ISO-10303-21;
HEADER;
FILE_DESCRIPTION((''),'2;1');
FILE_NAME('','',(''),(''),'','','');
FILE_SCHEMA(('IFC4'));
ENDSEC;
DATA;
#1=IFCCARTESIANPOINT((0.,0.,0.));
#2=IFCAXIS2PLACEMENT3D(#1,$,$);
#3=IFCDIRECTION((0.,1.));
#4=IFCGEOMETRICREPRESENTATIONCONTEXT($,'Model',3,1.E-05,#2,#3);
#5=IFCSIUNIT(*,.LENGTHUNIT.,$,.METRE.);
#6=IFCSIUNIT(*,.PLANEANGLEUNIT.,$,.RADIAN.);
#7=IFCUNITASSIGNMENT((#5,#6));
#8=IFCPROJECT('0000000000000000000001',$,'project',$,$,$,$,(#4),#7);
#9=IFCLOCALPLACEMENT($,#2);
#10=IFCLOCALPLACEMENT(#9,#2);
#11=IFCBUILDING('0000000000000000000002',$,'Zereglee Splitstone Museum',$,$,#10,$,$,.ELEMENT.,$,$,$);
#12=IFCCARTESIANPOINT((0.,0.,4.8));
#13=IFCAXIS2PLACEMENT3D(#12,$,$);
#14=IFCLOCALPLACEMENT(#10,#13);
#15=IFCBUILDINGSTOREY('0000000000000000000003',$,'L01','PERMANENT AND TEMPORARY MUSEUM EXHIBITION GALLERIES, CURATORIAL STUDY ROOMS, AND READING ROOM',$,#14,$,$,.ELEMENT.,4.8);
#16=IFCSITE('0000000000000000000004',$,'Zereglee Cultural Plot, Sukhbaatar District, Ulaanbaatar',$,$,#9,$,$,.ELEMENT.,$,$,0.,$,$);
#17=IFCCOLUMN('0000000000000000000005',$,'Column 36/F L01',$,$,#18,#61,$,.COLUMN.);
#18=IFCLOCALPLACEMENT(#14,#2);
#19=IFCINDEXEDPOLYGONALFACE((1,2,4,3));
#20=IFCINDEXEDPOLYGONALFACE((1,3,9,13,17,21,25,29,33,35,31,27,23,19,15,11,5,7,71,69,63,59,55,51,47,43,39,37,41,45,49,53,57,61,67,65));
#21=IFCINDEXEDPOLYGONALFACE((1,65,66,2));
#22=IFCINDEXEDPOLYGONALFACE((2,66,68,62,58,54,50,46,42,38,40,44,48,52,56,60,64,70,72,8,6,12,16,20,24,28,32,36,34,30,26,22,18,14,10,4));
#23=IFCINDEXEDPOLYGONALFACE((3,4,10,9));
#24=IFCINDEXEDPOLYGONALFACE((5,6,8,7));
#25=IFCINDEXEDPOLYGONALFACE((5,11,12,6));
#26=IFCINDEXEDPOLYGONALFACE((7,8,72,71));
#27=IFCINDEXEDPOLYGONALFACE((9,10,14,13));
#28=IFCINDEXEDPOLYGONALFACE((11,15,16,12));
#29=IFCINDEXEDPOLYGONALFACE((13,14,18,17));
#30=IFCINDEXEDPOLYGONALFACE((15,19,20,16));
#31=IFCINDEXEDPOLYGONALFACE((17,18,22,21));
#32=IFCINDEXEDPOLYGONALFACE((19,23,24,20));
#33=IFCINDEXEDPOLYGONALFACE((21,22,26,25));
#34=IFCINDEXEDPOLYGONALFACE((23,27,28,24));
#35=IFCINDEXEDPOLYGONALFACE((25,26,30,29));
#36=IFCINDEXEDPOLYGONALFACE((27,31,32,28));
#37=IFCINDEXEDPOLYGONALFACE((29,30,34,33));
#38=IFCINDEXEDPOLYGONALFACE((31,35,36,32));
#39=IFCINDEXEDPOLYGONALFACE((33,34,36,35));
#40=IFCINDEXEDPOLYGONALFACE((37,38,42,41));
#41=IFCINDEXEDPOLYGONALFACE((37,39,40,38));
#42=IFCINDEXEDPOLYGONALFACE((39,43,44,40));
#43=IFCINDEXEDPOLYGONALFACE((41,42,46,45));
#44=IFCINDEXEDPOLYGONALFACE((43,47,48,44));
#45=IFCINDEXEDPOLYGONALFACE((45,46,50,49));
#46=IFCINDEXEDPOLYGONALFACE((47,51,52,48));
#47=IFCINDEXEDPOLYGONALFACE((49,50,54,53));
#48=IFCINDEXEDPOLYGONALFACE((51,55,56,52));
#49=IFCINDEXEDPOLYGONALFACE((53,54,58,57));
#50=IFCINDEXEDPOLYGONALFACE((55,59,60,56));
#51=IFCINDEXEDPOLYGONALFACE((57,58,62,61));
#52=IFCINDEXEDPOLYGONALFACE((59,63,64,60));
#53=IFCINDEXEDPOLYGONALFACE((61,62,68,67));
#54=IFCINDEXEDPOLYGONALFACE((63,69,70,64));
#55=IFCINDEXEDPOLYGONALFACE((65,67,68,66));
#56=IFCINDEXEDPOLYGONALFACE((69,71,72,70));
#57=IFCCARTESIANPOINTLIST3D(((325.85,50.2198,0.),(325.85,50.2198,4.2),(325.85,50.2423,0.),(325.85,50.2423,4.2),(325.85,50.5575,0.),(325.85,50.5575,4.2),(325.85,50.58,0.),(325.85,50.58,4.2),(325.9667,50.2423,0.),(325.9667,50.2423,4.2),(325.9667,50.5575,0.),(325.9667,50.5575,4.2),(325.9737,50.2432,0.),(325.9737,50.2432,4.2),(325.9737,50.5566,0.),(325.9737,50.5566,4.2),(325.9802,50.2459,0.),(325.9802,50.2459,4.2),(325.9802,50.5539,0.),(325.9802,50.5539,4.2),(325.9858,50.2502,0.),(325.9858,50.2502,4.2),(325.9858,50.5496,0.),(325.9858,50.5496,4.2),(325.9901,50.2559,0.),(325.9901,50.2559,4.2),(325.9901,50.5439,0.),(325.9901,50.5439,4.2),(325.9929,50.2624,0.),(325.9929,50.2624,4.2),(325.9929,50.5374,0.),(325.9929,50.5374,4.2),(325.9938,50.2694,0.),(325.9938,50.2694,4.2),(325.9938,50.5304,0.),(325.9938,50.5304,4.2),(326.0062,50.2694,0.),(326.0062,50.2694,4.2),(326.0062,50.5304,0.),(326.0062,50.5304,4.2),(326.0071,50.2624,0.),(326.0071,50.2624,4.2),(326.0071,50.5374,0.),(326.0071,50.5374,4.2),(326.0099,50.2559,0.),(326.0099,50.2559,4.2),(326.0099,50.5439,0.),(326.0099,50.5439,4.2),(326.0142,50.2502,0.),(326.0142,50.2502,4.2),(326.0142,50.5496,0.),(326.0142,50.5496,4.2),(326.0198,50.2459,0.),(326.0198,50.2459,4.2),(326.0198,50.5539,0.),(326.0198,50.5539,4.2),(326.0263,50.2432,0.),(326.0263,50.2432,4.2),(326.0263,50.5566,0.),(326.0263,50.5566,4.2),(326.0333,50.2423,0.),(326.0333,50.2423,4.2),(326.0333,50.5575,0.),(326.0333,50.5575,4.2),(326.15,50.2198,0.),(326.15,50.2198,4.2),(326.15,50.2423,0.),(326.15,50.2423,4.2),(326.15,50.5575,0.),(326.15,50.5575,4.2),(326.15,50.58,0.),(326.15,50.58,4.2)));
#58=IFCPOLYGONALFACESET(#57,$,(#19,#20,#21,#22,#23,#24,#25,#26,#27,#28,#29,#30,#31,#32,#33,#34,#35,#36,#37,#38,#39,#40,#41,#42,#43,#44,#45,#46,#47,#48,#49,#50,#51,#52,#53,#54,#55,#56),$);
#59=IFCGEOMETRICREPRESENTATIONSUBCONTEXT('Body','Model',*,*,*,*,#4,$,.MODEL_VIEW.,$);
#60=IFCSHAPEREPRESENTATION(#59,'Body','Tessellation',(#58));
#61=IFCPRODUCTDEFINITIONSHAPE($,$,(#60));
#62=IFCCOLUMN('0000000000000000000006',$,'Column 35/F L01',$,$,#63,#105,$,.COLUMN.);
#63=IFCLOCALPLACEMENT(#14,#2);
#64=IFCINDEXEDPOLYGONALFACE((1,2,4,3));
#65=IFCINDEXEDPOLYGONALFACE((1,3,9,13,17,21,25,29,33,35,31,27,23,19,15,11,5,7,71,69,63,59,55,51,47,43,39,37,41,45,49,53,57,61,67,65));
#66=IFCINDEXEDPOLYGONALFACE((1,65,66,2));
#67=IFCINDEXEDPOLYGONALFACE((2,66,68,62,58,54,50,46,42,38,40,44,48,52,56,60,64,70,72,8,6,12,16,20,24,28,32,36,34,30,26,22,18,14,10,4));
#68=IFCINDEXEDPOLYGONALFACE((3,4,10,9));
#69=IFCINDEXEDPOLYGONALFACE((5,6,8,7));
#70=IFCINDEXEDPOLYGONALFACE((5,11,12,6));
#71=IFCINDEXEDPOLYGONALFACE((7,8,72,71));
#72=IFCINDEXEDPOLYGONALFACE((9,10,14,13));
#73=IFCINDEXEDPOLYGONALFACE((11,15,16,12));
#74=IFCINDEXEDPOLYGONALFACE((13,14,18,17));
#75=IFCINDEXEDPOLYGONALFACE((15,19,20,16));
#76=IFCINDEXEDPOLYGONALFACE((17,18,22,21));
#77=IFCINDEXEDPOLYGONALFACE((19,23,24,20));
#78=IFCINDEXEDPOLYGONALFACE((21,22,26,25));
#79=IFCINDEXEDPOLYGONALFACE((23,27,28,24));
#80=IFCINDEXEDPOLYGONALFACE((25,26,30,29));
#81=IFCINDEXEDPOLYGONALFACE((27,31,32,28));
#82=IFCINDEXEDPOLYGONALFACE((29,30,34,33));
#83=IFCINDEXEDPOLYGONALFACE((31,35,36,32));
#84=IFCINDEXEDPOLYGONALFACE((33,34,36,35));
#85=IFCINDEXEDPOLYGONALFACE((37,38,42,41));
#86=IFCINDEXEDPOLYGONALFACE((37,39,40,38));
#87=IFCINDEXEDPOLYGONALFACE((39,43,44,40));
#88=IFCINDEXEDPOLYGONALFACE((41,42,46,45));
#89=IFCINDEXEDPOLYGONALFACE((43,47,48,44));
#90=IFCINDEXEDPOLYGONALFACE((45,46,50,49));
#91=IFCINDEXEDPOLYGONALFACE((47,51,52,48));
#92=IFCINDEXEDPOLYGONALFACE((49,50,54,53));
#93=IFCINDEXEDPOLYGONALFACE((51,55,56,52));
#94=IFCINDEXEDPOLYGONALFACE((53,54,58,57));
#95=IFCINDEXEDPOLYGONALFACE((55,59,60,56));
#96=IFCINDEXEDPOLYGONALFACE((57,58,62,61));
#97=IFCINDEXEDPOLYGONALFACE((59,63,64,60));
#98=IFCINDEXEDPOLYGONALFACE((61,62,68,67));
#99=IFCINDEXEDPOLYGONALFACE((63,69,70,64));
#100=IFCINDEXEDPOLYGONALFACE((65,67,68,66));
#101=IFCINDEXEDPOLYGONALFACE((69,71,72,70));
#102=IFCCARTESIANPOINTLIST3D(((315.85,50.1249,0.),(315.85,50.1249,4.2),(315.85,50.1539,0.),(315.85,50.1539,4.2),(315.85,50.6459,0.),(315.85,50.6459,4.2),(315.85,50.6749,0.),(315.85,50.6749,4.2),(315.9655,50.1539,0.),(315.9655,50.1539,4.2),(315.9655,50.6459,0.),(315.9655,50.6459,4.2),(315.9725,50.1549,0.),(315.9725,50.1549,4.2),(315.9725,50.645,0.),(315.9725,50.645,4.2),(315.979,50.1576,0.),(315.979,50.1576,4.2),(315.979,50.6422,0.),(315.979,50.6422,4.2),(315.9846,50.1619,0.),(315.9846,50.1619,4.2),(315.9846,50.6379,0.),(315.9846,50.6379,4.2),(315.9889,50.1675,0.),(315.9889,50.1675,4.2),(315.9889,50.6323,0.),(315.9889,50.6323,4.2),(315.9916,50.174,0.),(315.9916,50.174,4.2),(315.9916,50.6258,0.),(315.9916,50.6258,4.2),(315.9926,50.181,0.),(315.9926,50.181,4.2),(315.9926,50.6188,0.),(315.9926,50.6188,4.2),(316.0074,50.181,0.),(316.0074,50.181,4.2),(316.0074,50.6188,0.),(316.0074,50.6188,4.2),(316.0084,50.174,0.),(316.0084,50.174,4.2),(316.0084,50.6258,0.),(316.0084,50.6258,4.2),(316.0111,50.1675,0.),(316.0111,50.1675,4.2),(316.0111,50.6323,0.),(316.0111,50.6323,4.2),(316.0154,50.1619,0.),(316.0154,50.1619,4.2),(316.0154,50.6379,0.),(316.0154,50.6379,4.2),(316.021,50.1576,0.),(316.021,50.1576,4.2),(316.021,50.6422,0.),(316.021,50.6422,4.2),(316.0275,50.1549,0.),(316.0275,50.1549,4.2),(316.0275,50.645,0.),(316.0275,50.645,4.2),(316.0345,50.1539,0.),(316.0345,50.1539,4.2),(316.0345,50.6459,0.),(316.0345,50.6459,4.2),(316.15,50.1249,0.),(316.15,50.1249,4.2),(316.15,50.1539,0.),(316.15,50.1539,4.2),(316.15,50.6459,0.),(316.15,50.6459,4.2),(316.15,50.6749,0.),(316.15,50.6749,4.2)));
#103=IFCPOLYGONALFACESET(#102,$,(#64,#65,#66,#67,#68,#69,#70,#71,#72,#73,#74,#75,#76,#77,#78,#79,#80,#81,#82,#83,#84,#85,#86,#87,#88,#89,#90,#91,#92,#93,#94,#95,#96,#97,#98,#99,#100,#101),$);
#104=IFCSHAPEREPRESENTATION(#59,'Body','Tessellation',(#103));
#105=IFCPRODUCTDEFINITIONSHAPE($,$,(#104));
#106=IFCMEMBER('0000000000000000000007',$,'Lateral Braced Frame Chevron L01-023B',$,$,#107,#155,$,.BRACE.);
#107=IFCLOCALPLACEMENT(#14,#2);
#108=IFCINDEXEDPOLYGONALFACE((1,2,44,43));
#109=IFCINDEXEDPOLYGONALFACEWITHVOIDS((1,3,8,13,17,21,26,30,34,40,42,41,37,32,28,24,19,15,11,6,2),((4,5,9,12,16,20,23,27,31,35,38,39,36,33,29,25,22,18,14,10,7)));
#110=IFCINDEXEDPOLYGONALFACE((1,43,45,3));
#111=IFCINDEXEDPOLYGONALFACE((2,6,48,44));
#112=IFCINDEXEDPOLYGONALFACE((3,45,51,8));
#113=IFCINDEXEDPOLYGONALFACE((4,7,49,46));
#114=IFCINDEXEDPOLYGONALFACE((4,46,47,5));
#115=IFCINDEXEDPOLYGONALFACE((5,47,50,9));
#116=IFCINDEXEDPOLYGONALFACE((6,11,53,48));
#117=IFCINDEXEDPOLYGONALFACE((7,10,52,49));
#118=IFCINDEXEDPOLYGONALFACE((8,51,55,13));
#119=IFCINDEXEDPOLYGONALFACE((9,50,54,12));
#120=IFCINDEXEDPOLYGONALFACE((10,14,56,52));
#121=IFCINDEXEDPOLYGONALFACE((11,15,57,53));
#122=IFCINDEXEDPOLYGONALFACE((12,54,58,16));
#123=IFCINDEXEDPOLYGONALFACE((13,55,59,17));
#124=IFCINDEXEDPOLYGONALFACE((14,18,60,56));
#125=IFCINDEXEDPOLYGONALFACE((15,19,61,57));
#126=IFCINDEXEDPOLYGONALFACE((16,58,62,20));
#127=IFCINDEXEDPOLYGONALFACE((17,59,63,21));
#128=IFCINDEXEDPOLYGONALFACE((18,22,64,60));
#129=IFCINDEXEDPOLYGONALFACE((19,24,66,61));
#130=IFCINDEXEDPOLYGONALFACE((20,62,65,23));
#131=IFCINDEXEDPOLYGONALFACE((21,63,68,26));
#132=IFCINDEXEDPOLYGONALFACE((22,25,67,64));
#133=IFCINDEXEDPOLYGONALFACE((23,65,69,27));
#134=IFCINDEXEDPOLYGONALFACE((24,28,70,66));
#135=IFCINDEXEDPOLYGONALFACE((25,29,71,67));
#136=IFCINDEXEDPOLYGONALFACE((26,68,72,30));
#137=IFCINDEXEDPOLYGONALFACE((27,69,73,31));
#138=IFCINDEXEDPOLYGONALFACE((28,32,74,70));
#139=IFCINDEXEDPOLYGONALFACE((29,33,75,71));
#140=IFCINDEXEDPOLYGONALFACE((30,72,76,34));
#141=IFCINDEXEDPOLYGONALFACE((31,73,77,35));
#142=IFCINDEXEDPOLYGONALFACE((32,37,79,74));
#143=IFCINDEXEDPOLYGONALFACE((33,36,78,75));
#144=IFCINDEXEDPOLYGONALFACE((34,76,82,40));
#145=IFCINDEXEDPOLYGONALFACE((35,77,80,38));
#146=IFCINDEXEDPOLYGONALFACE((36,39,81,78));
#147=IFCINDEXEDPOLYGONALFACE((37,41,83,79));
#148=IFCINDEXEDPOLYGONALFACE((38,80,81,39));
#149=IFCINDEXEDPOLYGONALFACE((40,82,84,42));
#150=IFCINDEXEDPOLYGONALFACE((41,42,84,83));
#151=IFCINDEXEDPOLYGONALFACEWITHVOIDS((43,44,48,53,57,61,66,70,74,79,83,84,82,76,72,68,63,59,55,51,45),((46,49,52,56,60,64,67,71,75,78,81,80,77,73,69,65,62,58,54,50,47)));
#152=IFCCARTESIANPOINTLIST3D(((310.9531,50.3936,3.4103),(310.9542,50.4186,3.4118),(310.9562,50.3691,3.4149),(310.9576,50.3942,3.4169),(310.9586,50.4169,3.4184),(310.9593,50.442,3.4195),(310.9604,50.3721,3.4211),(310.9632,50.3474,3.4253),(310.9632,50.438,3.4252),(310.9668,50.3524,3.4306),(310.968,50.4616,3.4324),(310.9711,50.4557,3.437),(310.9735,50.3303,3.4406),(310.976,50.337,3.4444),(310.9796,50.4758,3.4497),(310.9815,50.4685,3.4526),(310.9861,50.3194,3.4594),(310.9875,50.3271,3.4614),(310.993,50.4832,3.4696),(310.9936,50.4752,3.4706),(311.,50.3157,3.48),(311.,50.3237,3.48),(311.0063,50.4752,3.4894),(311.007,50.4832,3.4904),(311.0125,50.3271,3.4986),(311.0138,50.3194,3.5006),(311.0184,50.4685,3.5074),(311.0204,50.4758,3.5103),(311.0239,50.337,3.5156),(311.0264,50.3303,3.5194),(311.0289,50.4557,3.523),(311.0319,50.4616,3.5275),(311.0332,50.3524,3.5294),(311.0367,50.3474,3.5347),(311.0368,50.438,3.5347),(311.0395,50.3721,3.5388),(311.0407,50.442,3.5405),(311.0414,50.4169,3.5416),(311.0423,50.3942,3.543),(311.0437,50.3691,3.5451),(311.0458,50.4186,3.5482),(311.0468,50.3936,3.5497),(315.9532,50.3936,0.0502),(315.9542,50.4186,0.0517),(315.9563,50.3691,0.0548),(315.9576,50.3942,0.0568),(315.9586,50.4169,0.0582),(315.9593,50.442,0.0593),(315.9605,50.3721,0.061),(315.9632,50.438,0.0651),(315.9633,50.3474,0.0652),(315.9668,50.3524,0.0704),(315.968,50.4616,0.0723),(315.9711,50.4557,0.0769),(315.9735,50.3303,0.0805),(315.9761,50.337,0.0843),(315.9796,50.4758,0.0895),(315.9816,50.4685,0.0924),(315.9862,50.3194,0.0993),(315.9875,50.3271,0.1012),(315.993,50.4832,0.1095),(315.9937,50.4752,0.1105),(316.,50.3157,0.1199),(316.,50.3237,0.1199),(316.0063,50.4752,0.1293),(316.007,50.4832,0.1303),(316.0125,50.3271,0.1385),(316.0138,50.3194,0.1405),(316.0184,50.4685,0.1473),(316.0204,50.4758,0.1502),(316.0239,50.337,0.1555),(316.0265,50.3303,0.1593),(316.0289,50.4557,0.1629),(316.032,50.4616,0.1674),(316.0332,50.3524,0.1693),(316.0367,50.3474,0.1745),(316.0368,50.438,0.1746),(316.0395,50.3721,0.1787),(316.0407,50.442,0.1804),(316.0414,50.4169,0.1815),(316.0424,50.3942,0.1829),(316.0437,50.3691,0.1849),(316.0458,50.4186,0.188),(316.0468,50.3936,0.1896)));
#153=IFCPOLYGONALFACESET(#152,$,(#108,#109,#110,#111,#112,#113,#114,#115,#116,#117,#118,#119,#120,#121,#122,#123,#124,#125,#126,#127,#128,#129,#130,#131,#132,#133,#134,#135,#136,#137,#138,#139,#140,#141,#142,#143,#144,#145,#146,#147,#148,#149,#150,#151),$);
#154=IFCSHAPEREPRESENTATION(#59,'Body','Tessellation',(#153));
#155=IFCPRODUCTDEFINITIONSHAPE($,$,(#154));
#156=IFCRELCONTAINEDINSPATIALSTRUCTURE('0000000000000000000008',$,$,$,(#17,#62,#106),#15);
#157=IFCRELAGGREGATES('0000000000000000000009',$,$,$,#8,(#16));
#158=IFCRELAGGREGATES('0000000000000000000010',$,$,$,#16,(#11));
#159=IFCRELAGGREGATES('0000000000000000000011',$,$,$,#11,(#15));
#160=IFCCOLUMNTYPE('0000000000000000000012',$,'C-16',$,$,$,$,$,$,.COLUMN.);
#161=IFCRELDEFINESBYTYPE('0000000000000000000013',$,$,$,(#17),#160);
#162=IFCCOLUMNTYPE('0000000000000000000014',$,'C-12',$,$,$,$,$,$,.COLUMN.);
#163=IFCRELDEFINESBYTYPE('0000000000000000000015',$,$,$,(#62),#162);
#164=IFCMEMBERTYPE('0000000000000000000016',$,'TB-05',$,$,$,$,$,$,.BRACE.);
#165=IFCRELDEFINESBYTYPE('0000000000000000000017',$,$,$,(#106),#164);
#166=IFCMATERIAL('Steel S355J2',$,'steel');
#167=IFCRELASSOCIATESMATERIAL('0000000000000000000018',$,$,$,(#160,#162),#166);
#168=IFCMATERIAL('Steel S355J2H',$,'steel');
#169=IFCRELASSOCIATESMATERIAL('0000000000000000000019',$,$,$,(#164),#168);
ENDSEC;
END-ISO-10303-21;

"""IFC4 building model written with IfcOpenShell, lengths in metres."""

from ifc_helpers import new_model, si_unit, direction, frame, origin, origin_2d, place, context, subcontext, project, spatial, hollow_circle, i_section, extrude, material, material_profile, profile_set, type_object, element, save


model = new_model("IFC4")

# Units and contexts
model_context = context("Model", 3, precision=1e-05, world=origin(), true_north=direction((0.0, 1.0)))
body_context = subcontext(model_context, "Body", "Model", "MODEL_VIEW")
ifc_project = project(units=[si_unit("LENGTHUNIT", "METRE"), si_unit("PLANEANGLEUNIT", "RADIAN")], contexts=[model_context])

# Site, building, storey
site_placement = place(None, origin())
site = spatial("IfcSite", under=ifc_project, at=site_placement, Name="Zereglee Cultural Plot, Sukhbaatar District, Ulaanbaatar", CompositionType="ELEMENT", RefElevation=0.0)
building_placement = place(site_placement, origin())
building = spatial("IfcBuilding", under=site, at=building_placement, Name="Zereglee Splitstone Museum", CompositionType="ELEMENT")
storey_placement = place(building_placement, frame((0.0, 0.0, 4.8)))
storey = spatial("IfcBuildingStorey", under=building, at=storey_placement, Name="L01", Description="PERMANENT AND TEMPORARY MUSEUM EXHIBITION GALLERIES, CURATORIAL STUDY ROOMS, AND READING ROOM", CompositionType="ELEMENT", Elevation=4.8)

# Columns
ifc_material_1 = material(Name="Steel S355J2", Category="steel")
ifc_material_profile_1 = material_profile(ifc_material_1, i_section(OverallWidth=0.3, OverallDepth=0.3601, WebThickness=0.0125, FlangeThickness=0.0225, FilletRadius=0.0271, at=origin_2d()), Name="HE 360 B")
ifc_profile_set_1 = profile_set([ifc_material_profile_1], Name="Steel S355J2")
column_type_1 = type_object("IfcColumnType", Name="C-16", PredefinedType="COLUMN", material=ifc_profile_set_1)
column_1_placement = place(storey_placement, frame((326.0, 50.3999, 0.0), z_axis=(0.0, 0.0, 1.0), x_axis=(1.0, 0.0, 0.0)))
element("IfcColumn", 1, at=column_1_placement, inside=storey, type_object=column_type_1, Name="Column 36/F L01", PredefinedType="COLUMN", context=body_context, shape_type="SweptSolid", body=[
    extrude(i_section(OverallWidth=0.3, OverallDepth=0.3601, WebThickness=0.0125, FlangeThickness=0.0225, FilletRadius=0.0271, at=origin_2d()), origin(), (0.0, 0.0, 1.0), 4.2),
])
ifc_material_profile_2 = material_profile(ifc_material_1, i_section(OverallWidth=0.3, OverallDepth=0.55, WebThickness=0.0149, FlangeThickness=0.0291, FilletRadius=0.0271, at=origin_2d()), Name="HE 550 B")
ifc_profile_set_2 = profile_set([ifc_material_profile_2], Name="Steel S355J2")
column_type_2 = type_object("IfcColumnType", Name="C-12", PredefinedType="COLUMN", material=ifc_profile_set_2)
column_2_placement = place(storey_placement, frame((316.0, 50.3999, 0.0), z_axis=(0.0, 0.0, 1.0), x_axis=(1.0, 0.0, 0.0)))
element("IfcColumn", 2, at=column_2_placement, inside=storey, type_object=column_type_2, Name="Column 35/F L01", PredefinedType="COLUMN", context=body_context, shape_type="SweptSolid", body=[
    extrude(i_section(OverallWidth=0.3, OverallDepth=0.55, WebThickness=0.0149, FlangeThickness=0.0291, FilletRadius=0.0271, at=origin_2d()), origin(), (0.0, 0.0, 1.0), 4.2),
])

# Member
ifc_material_2 = material(Name="Steel S355J2H", Category="steel")
ifc_material_profile_3 = material_profile(ifc_material_2, hollow_circle(Radius=0.0842, WallThickness=0.0081, at=origin_2d()), Name="CHS 168.3x8")
ifc_profile_set_3 = profile_set([ifc_material_profile_3], Name="Steel S355J2H")
member_type_1 = type_object("IfcMemberType", Name="TB-05", PredefinedType="BRACE", material=ifc_profile_set_3)
member_1_placement = place(storey_placement, frame((316.0, 50.3999, 0.1199), z_axis=(-0.829993, 0.0, 0.557773), x_axis=(0.0, -1.0, 0.0)))
element("IfcMember", 3, at=member_1_placement, inside=storey, type_object=member_type_1, Name="Lateral Braced Frame Chevron L01-023B", PredefinedType="BRACE", context=body_context, shape_type="SweptSolid", body=[
    extrude(hollow_circle(Radius=0.0842, WallThickness=0.0081, at=origin_2d()), origin(), (0.0, 0.0, 1.0), 6.0242),
])

save(model, "model.ifc")
